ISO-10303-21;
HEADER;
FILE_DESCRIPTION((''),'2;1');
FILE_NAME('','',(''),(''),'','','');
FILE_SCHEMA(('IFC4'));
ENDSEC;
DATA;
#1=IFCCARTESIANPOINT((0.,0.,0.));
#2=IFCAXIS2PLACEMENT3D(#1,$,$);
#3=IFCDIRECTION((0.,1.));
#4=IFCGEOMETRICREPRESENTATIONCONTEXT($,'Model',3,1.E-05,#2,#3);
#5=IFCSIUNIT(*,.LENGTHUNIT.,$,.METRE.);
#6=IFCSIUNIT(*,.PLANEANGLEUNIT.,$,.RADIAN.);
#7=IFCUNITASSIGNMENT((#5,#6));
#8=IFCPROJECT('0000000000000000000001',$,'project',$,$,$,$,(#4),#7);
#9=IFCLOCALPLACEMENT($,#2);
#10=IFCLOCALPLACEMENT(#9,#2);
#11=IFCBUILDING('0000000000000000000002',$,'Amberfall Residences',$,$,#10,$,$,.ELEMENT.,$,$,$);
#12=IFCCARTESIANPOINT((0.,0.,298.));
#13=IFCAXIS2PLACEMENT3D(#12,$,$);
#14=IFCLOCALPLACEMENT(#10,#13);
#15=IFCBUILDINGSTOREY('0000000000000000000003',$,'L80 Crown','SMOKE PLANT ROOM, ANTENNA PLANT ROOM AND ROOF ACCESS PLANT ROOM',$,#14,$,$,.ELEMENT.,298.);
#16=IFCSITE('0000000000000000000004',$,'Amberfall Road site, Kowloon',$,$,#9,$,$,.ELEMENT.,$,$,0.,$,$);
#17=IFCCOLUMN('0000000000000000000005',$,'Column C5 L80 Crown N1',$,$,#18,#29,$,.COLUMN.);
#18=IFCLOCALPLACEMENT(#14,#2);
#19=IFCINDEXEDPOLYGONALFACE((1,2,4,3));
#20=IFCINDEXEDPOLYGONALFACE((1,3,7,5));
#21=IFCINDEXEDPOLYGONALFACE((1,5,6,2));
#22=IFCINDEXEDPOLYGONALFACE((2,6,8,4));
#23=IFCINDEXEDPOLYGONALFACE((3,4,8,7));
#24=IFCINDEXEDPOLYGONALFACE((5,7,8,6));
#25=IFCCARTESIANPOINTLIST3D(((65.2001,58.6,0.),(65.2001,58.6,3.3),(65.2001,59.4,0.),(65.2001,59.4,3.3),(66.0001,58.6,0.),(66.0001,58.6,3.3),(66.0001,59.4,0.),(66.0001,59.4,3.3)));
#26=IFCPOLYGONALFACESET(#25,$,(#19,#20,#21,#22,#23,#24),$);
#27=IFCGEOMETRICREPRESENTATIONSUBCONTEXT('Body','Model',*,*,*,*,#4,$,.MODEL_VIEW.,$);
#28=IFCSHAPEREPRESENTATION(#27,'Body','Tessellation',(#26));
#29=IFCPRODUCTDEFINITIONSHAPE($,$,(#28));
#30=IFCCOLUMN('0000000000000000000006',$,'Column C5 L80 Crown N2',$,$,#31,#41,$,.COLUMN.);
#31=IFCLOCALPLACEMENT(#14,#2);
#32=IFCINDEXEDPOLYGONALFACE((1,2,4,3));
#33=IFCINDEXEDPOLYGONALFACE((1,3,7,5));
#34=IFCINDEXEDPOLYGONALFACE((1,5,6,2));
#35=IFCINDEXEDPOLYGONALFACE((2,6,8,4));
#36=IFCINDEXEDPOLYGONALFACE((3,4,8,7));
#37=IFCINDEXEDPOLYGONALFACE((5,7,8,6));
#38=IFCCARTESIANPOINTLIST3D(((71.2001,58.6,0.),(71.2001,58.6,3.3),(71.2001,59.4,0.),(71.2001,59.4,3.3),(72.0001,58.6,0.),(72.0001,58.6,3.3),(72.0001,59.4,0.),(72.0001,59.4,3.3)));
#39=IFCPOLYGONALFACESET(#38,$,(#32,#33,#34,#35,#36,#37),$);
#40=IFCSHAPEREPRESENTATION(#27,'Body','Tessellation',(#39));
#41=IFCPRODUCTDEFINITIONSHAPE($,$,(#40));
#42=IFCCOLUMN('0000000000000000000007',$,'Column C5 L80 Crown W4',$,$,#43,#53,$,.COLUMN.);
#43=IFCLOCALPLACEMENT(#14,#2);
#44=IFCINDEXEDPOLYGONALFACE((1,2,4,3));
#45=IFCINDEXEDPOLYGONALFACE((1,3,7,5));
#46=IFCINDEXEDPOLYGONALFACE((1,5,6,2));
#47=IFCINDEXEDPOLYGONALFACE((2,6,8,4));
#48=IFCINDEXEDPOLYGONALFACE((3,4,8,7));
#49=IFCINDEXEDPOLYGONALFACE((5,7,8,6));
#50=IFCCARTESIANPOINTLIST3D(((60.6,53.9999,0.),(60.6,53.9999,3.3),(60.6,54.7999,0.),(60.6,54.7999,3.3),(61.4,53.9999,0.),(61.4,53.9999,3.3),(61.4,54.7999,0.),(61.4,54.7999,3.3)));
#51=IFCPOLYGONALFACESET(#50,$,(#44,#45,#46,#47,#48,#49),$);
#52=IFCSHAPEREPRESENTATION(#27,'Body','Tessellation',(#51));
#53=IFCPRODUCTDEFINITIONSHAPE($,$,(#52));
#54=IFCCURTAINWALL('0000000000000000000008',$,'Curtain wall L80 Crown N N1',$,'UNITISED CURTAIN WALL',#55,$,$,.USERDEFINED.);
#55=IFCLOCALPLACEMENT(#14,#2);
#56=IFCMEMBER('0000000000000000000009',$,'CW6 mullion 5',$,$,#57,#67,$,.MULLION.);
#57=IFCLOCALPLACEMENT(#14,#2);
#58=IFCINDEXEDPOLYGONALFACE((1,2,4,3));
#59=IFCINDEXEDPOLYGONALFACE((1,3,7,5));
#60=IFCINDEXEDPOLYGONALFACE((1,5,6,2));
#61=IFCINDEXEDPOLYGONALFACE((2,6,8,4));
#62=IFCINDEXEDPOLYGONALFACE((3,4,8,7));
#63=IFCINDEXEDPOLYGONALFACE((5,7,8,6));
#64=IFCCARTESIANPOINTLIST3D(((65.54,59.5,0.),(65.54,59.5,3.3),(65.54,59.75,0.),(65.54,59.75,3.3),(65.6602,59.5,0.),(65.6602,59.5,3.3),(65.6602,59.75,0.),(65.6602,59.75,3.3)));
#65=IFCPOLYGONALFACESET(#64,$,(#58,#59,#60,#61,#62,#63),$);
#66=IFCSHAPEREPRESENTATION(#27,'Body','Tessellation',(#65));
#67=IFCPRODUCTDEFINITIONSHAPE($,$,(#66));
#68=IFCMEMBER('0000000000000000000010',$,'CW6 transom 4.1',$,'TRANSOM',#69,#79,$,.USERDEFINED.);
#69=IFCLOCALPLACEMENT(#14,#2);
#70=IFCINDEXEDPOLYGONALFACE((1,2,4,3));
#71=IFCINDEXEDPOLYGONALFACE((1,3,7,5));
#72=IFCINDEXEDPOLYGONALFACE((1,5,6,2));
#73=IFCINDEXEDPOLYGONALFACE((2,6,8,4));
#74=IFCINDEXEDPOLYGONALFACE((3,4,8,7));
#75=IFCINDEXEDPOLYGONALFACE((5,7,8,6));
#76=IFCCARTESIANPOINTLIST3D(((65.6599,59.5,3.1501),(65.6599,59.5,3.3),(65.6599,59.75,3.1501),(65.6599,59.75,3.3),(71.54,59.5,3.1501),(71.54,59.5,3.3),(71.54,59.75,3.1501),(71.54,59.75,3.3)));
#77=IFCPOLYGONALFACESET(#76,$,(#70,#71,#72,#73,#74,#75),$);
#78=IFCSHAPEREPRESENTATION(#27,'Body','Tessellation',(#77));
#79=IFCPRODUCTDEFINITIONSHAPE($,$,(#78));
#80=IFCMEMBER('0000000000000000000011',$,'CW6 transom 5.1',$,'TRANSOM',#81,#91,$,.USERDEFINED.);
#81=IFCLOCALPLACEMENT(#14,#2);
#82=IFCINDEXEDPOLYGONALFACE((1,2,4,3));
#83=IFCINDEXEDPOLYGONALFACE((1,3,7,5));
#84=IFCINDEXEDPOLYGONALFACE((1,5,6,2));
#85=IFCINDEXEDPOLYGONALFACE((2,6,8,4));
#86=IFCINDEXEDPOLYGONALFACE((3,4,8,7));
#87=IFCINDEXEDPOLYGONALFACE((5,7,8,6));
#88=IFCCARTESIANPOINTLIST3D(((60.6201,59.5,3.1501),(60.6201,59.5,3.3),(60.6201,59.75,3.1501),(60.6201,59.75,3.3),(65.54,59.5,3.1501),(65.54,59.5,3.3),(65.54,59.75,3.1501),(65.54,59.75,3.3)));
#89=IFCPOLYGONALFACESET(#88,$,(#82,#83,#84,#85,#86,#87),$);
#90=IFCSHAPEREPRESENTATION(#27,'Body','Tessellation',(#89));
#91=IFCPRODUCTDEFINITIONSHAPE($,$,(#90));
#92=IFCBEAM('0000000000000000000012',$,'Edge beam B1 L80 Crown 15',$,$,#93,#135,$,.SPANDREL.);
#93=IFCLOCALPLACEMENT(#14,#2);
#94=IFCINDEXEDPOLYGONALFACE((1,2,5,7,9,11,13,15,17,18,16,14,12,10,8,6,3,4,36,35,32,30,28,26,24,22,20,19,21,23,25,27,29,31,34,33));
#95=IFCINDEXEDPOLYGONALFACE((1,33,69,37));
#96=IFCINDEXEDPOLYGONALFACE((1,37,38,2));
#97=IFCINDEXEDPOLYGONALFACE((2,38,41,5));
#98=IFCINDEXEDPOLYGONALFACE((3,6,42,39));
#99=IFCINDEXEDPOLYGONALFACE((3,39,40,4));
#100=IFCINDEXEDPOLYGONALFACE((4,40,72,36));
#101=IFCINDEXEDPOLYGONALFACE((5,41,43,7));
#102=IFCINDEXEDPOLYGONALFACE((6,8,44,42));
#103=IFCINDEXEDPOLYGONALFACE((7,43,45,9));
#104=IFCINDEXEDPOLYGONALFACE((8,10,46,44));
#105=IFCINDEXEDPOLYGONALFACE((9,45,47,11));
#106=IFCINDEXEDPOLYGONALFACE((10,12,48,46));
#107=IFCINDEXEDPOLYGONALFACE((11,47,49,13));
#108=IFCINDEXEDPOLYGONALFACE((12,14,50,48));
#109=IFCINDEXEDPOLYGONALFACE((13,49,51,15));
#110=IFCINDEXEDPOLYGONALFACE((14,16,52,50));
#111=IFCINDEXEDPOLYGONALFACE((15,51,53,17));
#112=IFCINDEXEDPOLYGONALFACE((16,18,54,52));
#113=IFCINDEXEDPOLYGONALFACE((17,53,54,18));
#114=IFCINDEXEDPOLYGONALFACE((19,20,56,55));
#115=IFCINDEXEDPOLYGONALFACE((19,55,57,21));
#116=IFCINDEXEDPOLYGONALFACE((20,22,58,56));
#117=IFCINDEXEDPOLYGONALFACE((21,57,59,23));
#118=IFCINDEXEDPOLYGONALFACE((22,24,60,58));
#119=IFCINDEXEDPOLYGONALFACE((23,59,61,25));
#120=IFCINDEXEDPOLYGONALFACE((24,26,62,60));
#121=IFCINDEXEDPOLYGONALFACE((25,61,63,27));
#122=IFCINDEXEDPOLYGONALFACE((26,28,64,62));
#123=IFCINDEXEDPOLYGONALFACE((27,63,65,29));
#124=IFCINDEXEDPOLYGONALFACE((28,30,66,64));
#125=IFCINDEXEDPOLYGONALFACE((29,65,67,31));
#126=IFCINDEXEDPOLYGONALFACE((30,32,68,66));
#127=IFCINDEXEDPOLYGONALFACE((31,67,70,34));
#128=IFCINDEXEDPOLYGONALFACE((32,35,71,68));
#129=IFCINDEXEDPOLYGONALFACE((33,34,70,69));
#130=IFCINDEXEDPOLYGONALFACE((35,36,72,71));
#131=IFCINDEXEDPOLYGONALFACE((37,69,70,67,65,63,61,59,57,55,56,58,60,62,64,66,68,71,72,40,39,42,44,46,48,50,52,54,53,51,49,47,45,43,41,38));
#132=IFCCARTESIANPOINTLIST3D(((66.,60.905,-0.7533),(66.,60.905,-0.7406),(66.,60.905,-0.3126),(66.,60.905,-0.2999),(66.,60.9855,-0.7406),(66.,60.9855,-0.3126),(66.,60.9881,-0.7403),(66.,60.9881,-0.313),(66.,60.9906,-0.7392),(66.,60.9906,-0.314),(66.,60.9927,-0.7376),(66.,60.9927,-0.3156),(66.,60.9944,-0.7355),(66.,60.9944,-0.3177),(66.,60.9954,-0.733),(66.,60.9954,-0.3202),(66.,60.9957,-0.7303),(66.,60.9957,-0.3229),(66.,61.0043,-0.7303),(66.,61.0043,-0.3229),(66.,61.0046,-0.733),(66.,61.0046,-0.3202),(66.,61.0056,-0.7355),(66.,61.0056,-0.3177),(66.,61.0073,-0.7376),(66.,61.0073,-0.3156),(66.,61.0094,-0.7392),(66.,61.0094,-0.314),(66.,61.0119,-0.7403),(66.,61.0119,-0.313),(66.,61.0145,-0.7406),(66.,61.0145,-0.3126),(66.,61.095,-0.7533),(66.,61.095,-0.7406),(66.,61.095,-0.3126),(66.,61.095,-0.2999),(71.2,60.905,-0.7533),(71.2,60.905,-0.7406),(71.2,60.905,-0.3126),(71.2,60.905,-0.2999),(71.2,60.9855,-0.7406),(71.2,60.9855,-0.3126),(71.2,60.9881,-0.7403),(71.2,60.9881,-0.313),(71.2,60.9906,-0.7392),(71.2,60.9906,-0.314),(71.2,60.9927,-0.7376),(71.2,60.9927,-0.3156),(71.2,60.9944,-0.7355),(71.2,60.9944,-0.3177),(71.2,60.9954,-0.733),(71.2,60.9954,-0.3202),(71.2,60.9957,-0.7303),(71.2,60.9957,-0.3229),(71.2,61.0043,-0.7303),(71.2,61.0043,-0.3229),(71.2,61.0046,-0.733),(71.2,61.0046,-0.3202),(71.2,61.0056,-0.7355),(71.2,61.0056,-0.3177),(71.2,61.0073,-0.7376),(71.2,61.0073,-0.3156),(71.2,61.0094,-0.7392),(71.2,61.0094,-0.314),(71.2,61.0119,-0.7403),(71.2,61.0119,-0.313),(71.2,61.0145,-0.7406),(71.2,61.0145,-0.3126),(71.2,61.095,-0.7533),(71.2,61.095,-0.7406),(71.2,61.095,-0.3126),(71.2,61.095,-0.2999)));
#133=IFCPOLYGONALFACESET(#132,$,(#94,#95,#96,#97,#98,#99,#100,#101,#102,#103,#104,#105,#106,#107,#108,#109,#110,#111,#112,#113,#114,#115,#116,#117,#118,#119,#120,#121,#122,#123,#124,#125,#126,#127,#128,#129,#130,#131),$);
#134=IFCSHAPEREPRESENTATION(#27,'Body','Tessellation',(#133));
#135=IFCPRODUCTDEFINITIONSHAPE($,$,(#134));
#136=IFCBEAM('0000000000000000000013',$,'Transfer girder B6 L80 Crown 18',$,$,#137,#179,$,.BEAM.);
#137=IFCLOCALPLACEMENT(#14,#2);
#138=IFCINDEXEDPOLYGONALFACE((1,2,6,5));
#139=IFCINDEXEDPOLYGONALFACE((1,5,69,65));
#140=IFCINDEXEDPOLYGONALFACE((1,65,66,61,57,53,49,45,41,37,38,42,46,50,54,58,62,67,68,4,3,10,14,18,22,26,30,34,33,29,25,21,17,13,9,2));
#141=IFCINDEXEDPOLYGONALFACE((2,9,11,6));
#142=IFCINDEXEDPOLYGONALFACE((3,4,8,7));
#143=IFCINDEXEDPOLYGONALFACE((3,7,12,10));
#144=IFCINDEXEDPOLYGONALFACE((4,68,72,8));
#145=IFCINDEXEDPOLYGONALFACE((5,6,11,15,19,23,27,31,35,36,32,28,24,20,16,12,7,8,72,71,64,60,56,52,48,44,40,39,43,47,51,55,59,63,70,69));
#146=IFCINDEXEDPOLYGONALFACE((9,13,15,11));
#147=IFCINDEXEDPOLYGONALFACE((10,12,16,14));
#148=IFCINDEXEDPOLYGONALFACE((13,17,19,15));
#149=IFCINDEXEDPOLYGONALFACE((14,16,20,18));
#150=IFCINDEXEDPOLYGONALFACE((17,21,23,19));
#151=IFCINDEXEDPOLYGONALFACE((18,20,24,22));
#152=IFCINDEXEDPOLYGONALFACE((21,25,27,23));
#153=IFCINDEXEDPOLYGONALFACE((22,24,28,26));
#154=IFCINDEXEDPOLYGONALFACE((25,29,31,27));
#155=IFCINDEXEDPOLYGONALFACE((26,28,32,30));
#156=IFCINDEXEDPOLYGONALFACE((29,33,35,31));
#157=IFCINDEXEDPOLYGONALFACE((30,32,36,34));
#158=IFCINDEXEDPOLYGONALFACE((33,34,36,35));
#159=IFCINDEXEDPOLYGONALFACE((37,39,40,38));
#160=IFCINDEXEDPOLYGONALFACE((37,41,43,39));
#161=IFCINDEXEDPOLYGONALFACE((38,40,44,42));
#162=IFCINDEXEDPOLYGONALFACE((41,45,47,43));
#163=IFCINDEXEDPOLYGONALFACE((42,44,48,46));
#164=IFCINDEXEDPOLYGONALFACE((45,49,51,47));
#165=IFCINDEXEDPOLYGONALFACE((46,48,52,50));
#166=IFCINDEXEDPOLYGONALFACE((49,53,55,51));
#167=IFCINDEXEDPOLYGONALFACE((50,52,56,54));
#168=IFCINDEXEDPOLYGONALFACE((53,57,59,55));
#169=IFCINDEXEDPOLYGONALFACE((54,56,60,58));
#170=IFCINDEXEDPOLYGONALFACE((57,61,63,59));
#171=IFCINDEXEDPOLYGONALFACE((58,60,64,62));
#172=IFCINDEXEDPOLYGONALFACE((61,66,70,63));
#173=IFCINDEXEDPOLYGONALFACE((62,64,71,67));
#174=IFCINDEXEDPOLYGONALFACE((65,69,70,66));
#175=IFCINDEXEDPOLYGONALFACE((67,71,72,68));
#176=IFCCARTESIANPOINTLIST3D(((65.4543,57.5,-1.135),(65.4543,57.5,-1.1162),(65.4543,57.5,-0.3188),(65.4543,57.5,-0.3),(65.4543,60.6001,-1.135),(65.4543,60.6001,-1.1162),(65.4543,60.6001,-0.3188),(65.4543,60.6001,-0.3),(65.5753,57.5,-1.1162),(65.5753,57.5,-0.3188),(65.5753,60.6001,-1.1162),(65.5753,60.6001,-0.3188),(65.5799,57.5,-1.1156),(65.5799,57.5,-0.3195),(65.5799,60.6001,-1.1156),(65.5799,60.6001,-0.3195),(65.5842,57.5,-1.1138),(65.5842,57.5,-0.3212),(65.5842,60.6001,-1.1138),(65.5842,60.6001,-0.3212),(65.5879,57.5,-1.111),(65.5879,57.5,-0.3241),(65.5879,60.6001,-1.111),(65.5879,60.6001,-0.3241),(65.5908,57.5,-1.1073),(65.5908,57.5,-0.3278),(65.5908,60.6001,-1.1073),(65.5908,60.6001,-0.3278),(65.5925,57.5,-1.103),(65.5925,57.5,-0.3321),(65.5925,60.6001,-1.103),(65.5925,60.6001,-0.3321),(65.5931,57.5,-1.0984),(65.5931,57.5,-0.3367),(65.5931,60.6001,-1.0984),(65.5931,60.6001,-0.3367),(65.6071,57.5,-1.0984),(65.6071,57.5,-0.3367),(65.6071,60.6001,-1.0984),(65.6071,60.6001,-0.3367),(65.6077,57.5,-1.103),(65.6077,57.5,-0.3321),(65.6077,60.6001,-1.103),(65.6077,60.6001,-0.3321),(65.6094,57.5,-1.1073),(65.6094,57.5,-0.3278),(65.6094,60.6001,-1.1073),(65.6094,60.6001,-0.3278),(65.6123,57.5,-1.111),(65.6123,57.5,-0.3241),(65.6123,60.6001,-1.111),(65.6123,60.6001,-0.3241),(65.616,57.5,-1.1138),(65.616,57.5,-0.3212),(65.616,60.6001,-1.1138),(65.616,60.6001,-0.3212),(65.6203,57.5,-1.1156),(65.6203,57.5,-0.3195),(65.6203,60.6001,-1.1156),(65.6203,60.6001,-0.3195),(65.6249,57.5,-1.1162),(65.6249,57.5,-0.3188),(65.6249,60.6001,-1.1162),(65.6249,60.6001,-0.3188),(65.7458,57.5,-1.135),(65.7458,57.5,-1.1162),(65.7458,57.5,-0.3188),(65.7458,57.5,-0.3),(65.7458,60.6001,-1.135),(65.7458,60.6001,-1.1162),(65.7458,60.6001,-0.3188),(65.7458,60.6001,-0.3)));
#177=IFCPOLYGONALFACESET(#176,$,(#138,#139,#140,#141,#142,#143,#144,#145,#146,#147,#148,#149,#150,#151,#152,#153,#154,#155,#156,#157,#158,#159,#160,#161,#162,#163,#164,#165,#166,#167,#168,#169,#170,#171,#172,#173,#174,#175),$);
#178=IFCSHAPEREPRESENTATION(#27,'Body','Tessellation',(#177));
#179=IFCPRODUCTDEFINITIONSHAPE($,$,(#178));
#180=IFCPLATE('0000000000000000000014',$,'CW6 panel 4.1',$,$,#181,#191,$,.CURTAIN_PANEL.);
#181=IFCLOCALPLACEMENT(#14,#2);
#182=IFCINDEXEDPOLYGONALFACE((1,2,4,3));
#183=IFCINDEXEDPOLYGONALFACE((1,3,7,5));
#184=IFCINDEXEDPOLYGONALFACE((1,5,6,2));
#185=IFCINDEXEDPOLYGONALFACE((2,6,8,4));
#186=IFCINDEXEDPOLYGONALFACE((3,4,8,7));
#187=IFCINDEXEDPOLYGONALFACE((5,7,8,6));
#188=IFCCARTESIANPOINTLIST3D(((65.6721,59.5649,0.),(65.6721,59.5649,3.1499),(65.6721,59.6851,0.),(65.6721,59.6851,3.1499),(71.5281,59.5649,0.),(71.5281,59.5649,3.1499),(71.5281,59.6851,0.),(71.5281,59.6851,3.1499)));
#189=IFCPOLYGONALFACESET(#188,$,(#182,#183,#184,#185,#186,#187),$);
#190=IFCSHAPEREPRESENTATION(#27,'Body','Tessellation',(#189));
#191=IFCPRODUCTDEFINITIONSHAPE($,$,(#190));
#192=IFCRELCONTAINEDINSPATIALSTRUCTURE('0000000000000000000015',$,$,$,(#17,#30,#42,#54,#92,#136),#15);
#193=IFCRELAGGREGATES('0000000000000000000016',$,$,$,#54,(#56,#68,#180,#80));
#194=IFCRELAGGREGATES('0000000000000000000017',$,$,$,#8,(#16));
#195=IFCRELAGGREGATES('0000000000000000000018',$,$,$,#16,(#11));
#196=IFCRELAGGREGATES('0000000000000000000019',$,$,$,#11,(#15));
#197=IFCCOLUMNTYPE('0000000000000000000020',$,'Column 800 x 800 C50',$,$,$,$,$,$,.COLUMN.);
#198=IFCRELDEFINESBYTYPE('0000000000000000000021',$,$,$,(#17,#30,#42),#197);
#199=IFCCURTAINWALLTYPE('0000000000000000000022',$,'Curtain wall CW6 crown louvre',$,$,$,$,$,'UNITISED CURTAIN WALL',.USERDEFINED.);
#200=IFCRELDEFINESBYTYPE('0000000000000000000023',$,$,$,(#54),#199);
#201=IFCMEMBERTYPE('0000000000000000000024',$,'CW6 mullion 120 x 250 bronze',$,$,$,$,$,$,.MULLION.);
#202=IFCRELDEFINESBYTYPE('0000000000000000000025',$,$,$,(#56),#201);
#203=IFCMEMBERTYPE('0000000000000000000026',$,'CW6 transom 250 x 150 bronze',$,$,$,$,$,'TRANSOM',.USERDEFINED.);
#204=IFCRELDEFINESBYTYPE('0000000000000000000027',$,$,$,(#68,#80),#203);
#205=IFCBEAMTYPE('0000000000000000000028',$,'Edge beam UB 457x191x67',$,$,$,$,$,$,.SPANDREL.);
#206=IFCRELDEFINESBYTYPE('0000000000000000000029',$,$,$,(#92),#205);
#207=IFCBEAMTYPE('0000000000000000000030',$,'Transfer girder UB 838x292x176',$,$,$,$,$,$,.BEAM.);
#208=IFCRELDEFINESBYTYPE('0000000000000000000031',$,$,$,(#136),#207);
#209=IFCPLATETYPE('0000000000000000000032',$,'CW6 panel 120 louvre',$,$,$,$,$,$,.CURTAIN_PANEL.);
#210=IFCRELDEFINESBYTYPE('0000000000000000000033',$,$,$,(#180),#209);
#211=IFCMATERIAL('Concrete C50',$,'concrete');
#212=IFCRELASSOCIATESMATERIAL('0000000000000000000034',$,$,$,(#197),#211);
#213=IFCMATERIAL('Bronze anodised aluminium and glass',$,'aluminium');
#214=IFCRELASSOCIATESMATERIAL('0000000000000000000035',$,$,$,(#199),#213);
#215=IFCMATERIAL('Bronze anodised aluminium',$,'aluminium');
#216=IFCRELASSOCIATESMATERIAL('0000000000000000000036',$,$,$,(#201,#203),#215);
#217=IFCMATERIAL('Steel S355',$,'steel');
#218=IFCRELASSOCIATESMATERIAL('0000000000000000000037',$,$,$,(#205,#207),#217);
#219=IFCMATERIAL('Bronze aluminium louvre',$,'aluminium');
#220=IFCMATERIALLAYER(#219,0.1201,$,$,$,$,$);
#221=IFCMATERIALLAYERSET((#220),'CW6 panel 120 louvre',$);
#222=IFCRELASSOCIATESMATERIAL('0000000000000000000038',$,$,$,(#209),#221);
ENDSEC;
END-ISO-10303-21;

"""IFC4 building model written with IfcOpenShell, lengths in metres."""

from ifc_helpers import new_model, si_unit, direction, frame, origin, origin_2d, place, context, subcontext, project, spatial, rectangle, i_section, extrude, material, layer, layer_set, material_profile, profile_set, type_object, element, aggregate, save


model = new_model("IFC4")

# Units and contexts
model_context = context("Model", 3, precision=1e-05, world=origin(), true_north=direction((0.0, 1.0)))
body_context = subcontext(model_context, "Body", "Model", "MODEL_VIEW")
ifc_project = project(units=[si_unit("LENGTHUNIT", "METRE"), si_unit("PLANEANGLEUNIT", "RADIAN")], contexts=[model_context])

# Site, building, storey
site_placement = place(None, origin())
site = spatial("IfcSite", under=ifc_project, at=site_placement, Name="Amberfall Road site, Kowloon", CompositionType="ELEMENT", RefElevation=0.0)
building_placement = place(site_placement, origin())
building = spatial("IfcBuilding", under=site, at=building_placement, Name="Amberfall Residences", CompositionType="ELEMENT")
storey_placement = place(building_placement, frame((0.0, 0.0, 298.0)))
storey = spatial("IfcBuildingStorey", under=building, at=storey_placement, Name="L80 Crown", Description="SMOKE PLANT ROOM, ANTENNA PLANT ROOM AND ROOF ACCESS PLANT ROOM", CompositionType="ELEMENT", Elevation=298.0)

# Columns
ifc_material_1 = material(Name="Concrete C50", Category="concrete")
ifc_material_profile_1 = material_profile(ifc_material_1, rectangle(XDim=0.8, YDim=0.8, at=origin_2d()), Name="Column 800 x 800 C50")
ifc_profile_set_1 = profile_set([ifc_material_profile_1], Name="Concrete C50")
column_type = type_object("IfcColumnType", Name="Column 800 x 800 C50", PredefinedType="COLUMN", material=ifc_profile_set_1)
for number, where, z_axis, x_axis, name in (
    (1, (65.6001, 59.0, 0.0), (0.0, 0.0, 1.0), (1.0, 0.0, 0.0), "Column C5 L80 Crown N1"),
    (2, (71.6001, 59.0, 0.0), (0.0, 0.0, 1.0), (1.0, 0.0, 0.0), "Column C5 L80 Crown N2"),
    (3, (61.0, 54.3999, 0.0), (0.0, 0.0, 1.0), (1.0, 0.0, 0.0), "Column C5 L80 Crown W4"),
):
    element("IfcColumn", number, at=place(storey_placement, frame(where, z_axis=z_axis, x_axis=x_axis)), inside=storey, type_object=column_type, Name=name, PredefinedType="COLUMN", context=body_context, shape_type="SweptSolid", body=[
        extrude(rectangle(XDim=0.8, YDim=0.8, at=origin_2d()), origin(), (0.0, 0.0, 1.0), 3.3),
    ])

# Curtain wall, members
ifc_material_2 = material(Name="Bronze anodised aluminium and glass", Category="aluminium")
curtain_wall_type = type_object("IfcCurtainWallType", Name="Curtain wall CW6 crown louvre", ElementType="UNITISED CURTAIN WALL", PredefinedType="USERDEFINED", material=ifc_material_2)
curtain_wall_placement = place(storey_placement, origin())
curtain_wall = element("IfcCurtainWall", 4, at=curtain_wall_placement, inside=storey, type_object=curtain_wall_type, Name="Curtain wall L80 Crown N N1", ObjectType="UNITISED CURTAIN WALL", PredefinedType="USERDEFINED")
ifc_material_3 = material(Name="Bronze anodised aluminium", Category="aluminium")
ifc_material_profile_2 = material_profile(ifc_material_3, rectangle(XDim=0.25, YDim=0.1201, at=origin_2d()), Name="CW6 mullion 120 x 250 bronze")
ifc_profile_set_2 = profile_set([ifc_material_profile_2], Name="Bronze anodised aluminium")
member_type_1 = type_object("IfcMemberType", Name="CW6 mullion 120 x 250 bronze", PredefinedType="MULLION", material=ifc_profile_set_2)
member_1_placement = place(storey_placement, frame((65.6001, 59.625, 0.0), z_axis=(0.0, 0.0, 1.0), x_axis=(0.0, -1.0, 0.0)))
member_1 = element("IfcMember", 5, at=member_1_placement, type_object=member_type_1, Name="CW6 mullion 5", PredefinedType="MULLION", context=body_context, shape_type="SweptSolid", body=[
    extrude(rectangle(XDim=0.25, YDim=0.1201, at=origin_2d()), origin(), (0.0, 0.0, 1.0), 3.3),
])
ifc_material_profile_3 = material_profile(ifc_material_3, rectangle(XDim=0.25, YDim=0.1499, at=origin_2d()), Name="CW6 transom 250 x 150 bronze")
ifc_profile_set_3 = profile_set([ifc_material_profile_3], Name="Bronze anodised aluminium")
member_type_2 = type_object("IfcMemberType", Name="CW6 transom 250 x 150 bronze", ElementType="TRANSOM", PredefinedType="USERDEFINED", material=ifc_profile_set_3)
member_2_placement = place(storey_placement, frame((71.54, 59.625, 3.2251), z_axis=(-1.0, 0.0, 0.0), x_axis=(0.0, -1.0, 0.0)))
member_2 = element("IfcMember", 6, at=member_2_placement, type_object=member_type_2, Name="CW6 transom 4.1", ObjectType="TRANSOM", PredefinedType="USERDEFINED", context=body_context, shape_type="SweptSolid", body=[
    extrude(rectangle(XDim=0.25, YDim=0.1499, at=origin_2d()), origin(), (0.0, 0.0, 1.0), 5.8801),
])
member_3_placement = place(storey_placement, frame((65.54, 59.625, 3.2251), z_axis=(-1.0, 0.0, 0.0), x_axis=(0.0, -1.0, 0.0)))
member_3 = element("IfcMember", 7, at=member_3_placement, type_object=member_type_2, Name="CW6 transom 5.1", ObjectType="TRANSOM", PredefinedType="USERDEFINED", context=body_context, shape_type="SweptSolid", body=[
    extrude(rectangle(XDim=0.25, YDim=0.1499, at=origin_2d()), origin(), (0.0, 0.0, 1.0), 4.9199),
])

# Beams
ifc_material_4 = material(Name="Steel S355", Category="steel")
ifc_material_profile_4 = material_profile(ifc_material_4, i_section(OverallWidth=0.1899, OverallDepth=0.4534, WebThickness=0.0085, FlangeThickness=0.0127, FilletRadius=0.0103, at=origin_2d()), Name="UB 457x191x67")
ifc_profile_set_4 = profile_set([ifc_material_profile_4], Name="Steel S355")
beam_type_1 = type_object("IfcBeamType", Name="Edge beam UB 457x191x67", PredefinedType="SPANDREL", material=ifc_profile_set_4)
beam_1_placement = place(storey_placement, frame((66.0, 61.0, -0.5266), z_axis=(1.0, 0.0, 0.0), x_axis=(0.0, 1.0, 0.0)))
element("IfcBeam", 8, at=beam_1_placement, inside=storey, type_object=beam_type_1, Name="Edge beam B1 L80 Crown 15", PredefinedType="SPANDREL", context=body_context, shape_type="SweptSolid", body=[
    extrude(i_section(OverallWidth=0.1899, OverallDepth=0.4534, WebThickness=0.0085, FlangeThickness=0.0127, FilletRadius=0.0103, at=origin_2d()), origin(), (0.0, 0.0, 1.0), 5.2),
])
ifc_material_profile_5 = material_profile(ifc_material_4, i_section(OverallWidth=0.2915, OverallDepth=0.835, WebThickness=0.0139, FlangeThickness=0.0188, FilletRadius=0.0178, at=origin_2d()), Name="UB 838x292x176")
ifc_profile_set_5 = profile_set([ifc_material_profile_5], Name="Steel S355")
beam_type_2 = type_object("IfcBeamType", Name="Transfer girder UB 838x292x176", PredefinedType="BEAM", material=ifc_profile_set_5)
beam_2_placement = place(storey_placement, frame((65.6001, 60.6001, -0.7175), z_axis=(0.0, -1.0, 0.0), x_axis=(1.0, 0.0, 0.0)))
element("IfcBeam", 9, at=beam_2_placement, inside=storey, type_object=beam_type_2, Name="Transfer girder B6 L80 Crown 18", PredefinedType="BEAM", context=body_context, shape_type="SweptSolid", body=[
    extrude(i_section(OverallWidth=0.2915, OverallDepth=0.835, WebThickness=0.0139, FlangeThickness=0.0188, FilletRadius=0.0178, at=origin_2d()), origin(), (0.0, 0.0, 1.0), 3.1001),
])

# Plate
ifc_material_5 = material(Name="Bronze aluminium louvre", Category="aluminium")
ifc_layer_1 = layer(ifc_material_5, 0.1201)
ifc_layer_set_1 = layer_set([ifc_layer_1], Name="CW6 panel 120 louvre")
plate_type = type_object("IfcPlateType", Name="CW6 panel 120 louvre", PredefinedType="CURTAIN_PANEL", material=ifc_layer_set_1)
plate_1_placement = place(storey_placement, frame((68.6001, 59.625, 0.0), z_axis=(0.0, 0.0, 1.0), x_axis=(-1.0, 0.0, 0.0)))
plate_1 = element("IfcPlate", 10, at=plate_1_placement, type_object=plate_type, Name="CW6 panel 4.1", PredefinedType="CURTAIN_PANEL", context=body_context, shape_type="SweptSolid", body=[
    extrude(rectangle(XDim=5.856, YDim=0.1201, at=origin_2d()), origin(), (0.0, 0.0, 1.0), 3.1499),
])
aggregate(curtain_wall, [member_1, member_2, plate_1, member_3])

save(model, "model.ifc")
